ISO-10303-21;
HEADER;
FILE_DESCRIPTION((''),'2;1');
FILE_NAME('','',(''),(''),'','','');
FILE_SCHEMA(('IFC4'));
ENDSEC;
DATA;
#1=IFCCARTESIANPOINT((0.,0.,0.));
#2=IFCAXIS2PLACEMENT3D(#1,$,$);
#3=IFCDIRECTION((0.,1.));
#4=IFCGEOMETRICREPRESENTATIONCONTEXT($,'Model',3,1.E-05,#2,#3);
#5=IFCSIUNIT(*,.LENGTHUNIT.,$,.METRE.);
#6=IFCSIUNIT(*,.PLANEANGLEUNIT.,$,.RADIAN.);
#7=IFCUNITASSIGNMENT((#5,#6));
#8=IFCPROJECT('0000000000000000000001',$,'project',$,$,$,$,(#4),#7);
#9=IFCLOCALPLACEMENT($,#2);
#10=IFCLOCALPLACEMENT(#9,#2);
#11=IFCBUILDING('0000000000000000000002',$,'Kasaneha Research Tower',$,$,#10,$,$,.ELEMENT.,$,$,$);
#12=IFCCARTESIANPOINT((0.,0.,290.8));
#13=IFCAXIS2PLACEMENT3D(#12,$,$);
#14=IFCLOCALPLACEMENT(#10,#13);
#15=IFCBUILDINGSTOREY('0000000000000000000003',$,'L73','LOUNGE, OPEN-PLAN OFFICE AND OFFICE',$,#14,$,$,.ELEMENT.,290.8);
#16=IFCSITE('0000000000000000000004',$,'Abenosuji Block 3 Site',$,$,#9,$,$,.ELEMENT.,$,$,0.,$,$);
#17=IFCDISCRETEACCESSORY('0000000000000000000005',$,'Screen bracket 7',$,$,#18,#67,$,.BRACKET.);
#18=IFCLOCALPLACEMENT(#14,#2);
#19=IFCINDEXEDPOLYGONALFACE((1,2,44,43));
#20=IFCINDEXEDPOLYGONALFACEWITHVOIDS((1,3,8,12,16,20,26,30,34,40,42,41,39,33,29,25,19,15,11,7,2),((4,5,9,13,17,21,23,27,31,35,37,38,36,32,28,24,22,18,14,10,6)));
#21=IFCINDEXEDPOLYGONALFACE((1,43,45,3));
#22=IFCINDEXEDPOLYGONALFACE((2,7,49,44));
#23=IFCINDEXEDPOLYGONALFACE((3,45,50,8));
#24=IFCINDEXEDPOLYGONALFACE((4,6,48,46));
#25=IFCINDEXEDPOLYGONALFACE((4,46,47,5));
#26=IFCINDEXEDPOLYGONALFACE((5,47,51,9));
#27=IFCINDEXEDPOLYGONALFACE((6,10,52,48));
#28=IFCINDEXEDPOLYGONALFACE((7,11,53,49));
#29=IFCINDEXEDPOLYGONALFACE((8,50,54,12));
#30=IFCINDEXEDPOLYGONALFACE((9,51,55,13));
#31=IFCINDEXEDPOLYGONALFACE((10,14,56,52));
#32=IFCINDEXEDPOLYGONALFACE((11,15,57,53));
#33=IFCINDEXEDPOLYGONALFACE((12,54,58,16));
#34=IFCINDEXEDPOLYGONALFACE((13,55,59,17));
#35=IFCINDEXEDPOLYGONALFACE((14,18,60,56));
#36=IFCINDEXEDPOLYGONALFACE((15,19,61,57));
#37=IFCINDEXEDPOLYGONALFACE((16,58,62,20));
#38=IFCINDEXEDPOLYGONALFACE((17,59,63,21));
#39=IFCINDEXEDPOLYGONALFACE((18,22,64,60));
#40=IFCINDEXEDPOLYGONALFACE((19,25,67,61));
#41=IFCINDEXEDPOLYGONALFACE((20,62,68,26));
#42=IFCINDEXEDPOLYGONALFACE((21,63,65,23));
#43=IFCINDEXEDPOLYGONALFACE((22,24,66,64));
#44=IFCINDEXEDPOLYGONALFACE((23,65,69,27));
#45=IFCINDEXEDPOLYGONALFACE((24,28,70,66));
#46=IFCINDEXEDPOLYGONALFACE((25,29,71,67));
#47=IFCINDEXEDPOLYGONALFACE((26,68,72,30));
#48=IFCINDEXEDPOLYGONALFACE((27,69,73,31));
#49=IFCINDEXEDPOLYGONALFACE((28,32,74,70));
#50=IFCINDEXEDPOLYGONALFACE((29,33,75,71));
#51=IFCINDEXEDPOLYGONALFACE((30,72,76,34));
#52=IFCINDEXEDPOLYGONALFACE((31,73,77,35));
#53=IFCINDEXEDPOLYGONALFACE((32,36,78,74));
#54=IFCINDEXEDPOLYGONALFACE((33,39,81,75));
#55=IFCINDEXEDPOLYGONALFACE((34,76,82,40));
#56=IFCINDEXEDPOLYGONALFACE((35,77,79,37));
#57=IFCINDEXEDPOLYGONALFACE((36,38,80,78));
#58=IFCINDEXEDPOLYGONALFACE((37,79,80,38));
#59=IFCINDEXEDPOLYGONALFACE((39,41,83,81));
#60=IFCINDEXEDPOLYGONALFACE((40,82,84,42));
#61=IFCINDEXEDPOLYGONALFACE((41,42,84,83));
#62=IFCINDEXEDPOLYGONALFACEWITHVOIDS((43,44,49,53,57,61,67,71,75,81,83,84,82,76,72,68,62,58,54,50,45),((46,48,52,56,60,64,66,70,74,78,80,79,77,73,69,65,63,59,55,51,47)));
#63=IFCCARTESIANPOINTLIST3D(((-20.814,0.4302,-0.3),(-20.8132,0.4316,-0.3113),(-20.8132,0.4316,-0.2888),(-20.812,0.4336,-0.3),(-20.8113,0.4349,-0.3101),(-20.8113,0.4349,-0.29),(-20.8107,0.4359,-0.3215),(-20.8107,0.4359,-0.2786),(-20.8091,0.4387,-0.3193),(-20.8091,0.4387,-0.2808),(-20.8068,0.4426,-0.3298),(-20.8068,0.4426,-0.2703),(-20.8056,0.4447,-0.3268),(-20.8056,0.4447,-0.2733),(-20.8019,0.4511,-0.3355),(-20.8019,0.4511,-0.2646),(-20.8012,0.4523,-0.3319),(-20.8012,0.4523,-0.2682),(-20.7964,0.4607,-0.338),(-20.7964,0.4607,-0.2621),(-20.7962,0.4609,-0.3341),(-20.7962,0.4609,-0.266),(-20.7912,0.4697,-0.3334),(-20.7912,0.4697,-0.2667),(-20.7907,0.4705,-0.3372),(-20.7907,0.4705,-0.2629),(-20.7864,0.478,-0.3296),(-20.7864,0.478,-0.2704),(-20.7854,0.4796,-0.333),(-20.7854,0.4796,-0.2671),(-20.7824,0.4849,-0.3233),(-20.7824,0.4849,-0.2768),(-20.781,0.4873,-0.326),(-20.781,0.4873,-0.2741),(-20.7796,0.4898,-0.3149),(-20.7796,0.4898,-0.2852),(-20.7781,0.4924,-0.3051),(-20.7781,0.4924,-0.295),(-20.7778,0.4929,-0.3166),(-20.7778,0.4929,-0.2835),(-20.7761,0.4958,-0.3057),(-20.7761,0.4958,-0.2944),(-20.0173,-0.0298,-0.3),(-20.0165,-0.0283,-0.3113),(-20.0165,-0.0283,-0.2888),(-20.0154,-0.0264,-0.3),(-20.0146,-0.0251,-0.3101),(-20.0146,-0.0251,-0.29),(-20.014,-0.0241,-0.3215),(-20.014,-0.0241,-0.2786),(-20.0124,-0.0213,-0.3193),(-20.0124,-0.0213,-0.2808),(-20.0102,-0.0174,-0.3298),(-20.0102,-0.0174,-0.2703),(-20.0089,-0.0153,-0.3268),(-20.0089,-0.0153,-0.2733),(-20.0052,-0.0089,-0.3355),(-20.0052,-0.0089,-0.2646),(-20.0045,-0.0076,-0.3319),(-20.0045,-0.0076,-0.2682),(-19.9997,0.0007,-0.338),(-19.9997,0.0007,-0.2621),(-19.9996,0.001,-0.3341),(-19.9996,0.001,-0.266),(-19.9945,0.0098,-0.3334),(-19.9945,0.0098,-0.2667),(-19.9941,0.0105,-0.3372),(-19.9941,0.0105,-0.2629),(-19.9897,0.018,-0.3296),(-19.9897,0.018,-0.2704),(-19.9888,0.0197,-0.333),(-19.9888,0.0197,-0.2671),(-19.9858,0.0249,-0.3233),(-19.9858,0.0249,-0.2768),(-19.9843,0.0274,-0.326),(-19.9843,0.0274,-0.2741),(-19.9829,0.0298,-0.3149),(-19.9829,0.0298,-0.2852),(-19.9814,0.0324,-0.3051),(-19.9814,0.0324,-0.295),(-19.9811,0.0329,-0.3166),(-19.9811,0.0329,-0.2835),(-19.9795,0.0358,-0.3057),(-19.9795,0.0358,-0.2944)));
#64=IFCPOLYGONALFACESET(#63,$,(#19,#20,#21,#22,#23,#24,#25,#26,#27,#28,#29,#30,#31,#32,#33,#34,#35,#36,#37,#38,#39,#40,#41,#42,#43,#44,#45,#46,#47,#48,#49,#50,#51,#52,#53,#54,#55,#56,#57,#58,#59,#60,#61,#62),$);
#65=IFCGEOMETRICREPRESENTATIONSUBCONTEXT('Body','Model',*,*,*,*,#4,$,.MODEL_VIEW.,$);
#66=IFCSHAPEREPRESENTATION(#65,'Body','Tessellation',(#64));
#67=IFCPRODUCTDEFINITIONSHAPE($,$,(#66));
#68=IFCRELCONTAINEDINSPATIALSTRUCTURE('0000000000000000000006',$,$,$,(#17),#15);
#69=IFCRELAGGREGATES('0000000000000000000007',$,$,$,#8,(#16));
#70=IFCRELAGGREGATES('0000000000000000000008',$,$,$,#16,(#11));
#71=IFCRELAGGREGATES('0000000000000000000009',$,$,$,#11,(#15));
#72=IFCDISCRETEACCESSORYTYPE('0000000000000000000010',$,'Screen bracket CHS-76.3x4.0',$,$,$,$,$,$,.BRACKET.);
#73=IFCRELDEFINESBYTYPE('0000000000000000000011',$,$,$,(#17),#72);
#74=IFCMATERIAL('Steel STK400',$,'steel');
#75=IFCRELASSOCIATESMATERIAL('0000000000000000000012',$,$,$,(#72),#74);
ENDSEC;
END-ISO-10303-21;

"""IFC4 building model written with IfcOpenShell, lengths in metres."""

from ifc_helpers import new_model, si_unit, direction, frame, origin, origin_2d, place, context, subcontext, project, spatial, hollow_circle, extrude, material, material_profile, profile_set, type_object, element, save


model = new_model("IFC4")

# Units and contexts
model_context = context("Model", 3, precision=1e-05, world=origin(), true_north=direction((0.0, 1.0)))
body_context = subcontext(model_context, "Body", "Model", "MODEL_VIEW")
ifc_project = project(units=[si_unit("LENGTHUNIT", "METRE"), si_unit("PLANEANGLEUNIT", "RADIAN")], contexts=[model_context])

# Site, building, storey
site_placement = place(None, origin())
site = spatial("IfcSite", under=ifc_project, at=site_placement, Name="Abenosuji Block 3 Site", CompositionType="ELEMENT", RefElevation=0.0)
building_placement = place(site_placement, origin())
building = spatial("IfcBuilding", under=site, at=building_placement, Name="Kasaneha Research Tower", CompositionType="ELEMENT")
storey_placement = place(building_placement, frame((0.0, 0.0, 290.8)))
storey = spatial("IfcBuildingStorey", under=building, at=storey_placement, Name="L73", Description="LOUNGE, OPEN-PLAN OFFICE AND OFFICE", CompositionType="ELEMENT", Elevation=290.8)

# Discrete accessory
ifc_material_1 = material(Name="Steel STK400", Category="steel")
ifc_material_profile_1 = material_profile(ifc_material_1, hollow_circle(Radius=0.0381, WallThickness=0.0039, at=origin_2d()), Name="CHS-76.3x4.0")
ifc_profile_set_1 = profile_set([ifc_material_profile_1], Name="Steel STK400")
discrete_accessory_type = type_object("IfcDiscreteAccessoryType", Name="Screen bracket CHS-76.3x4.0", PredefinedType="BRACKET", material=ifc_profile_set_1)
discrete_accessory_1_placement = place(storey_placement, frame((-19.9983, 0.0032, -0.3), z_axis=(-0.866013, 0.500021, 0.0), x_axis=(-0.500021, -0.866013, 0.0)))
element("IfcDiscreteAccessory", 1, at=discrete_accessory_1_placement, inside=storey, type_object=discrete_accessory_type, Name="Screen bracket 7", PredefinedType="BRACKET", context=body_context, shape_type="SweptSolid", body=[
    extrude(hollow_circle(Radius=0.0381, WallThickness=0.0039, at=origin_2d()), origin(), (0.0, 0.0, 1.0), 0.9199),
])

save(model, "model.ifc")
